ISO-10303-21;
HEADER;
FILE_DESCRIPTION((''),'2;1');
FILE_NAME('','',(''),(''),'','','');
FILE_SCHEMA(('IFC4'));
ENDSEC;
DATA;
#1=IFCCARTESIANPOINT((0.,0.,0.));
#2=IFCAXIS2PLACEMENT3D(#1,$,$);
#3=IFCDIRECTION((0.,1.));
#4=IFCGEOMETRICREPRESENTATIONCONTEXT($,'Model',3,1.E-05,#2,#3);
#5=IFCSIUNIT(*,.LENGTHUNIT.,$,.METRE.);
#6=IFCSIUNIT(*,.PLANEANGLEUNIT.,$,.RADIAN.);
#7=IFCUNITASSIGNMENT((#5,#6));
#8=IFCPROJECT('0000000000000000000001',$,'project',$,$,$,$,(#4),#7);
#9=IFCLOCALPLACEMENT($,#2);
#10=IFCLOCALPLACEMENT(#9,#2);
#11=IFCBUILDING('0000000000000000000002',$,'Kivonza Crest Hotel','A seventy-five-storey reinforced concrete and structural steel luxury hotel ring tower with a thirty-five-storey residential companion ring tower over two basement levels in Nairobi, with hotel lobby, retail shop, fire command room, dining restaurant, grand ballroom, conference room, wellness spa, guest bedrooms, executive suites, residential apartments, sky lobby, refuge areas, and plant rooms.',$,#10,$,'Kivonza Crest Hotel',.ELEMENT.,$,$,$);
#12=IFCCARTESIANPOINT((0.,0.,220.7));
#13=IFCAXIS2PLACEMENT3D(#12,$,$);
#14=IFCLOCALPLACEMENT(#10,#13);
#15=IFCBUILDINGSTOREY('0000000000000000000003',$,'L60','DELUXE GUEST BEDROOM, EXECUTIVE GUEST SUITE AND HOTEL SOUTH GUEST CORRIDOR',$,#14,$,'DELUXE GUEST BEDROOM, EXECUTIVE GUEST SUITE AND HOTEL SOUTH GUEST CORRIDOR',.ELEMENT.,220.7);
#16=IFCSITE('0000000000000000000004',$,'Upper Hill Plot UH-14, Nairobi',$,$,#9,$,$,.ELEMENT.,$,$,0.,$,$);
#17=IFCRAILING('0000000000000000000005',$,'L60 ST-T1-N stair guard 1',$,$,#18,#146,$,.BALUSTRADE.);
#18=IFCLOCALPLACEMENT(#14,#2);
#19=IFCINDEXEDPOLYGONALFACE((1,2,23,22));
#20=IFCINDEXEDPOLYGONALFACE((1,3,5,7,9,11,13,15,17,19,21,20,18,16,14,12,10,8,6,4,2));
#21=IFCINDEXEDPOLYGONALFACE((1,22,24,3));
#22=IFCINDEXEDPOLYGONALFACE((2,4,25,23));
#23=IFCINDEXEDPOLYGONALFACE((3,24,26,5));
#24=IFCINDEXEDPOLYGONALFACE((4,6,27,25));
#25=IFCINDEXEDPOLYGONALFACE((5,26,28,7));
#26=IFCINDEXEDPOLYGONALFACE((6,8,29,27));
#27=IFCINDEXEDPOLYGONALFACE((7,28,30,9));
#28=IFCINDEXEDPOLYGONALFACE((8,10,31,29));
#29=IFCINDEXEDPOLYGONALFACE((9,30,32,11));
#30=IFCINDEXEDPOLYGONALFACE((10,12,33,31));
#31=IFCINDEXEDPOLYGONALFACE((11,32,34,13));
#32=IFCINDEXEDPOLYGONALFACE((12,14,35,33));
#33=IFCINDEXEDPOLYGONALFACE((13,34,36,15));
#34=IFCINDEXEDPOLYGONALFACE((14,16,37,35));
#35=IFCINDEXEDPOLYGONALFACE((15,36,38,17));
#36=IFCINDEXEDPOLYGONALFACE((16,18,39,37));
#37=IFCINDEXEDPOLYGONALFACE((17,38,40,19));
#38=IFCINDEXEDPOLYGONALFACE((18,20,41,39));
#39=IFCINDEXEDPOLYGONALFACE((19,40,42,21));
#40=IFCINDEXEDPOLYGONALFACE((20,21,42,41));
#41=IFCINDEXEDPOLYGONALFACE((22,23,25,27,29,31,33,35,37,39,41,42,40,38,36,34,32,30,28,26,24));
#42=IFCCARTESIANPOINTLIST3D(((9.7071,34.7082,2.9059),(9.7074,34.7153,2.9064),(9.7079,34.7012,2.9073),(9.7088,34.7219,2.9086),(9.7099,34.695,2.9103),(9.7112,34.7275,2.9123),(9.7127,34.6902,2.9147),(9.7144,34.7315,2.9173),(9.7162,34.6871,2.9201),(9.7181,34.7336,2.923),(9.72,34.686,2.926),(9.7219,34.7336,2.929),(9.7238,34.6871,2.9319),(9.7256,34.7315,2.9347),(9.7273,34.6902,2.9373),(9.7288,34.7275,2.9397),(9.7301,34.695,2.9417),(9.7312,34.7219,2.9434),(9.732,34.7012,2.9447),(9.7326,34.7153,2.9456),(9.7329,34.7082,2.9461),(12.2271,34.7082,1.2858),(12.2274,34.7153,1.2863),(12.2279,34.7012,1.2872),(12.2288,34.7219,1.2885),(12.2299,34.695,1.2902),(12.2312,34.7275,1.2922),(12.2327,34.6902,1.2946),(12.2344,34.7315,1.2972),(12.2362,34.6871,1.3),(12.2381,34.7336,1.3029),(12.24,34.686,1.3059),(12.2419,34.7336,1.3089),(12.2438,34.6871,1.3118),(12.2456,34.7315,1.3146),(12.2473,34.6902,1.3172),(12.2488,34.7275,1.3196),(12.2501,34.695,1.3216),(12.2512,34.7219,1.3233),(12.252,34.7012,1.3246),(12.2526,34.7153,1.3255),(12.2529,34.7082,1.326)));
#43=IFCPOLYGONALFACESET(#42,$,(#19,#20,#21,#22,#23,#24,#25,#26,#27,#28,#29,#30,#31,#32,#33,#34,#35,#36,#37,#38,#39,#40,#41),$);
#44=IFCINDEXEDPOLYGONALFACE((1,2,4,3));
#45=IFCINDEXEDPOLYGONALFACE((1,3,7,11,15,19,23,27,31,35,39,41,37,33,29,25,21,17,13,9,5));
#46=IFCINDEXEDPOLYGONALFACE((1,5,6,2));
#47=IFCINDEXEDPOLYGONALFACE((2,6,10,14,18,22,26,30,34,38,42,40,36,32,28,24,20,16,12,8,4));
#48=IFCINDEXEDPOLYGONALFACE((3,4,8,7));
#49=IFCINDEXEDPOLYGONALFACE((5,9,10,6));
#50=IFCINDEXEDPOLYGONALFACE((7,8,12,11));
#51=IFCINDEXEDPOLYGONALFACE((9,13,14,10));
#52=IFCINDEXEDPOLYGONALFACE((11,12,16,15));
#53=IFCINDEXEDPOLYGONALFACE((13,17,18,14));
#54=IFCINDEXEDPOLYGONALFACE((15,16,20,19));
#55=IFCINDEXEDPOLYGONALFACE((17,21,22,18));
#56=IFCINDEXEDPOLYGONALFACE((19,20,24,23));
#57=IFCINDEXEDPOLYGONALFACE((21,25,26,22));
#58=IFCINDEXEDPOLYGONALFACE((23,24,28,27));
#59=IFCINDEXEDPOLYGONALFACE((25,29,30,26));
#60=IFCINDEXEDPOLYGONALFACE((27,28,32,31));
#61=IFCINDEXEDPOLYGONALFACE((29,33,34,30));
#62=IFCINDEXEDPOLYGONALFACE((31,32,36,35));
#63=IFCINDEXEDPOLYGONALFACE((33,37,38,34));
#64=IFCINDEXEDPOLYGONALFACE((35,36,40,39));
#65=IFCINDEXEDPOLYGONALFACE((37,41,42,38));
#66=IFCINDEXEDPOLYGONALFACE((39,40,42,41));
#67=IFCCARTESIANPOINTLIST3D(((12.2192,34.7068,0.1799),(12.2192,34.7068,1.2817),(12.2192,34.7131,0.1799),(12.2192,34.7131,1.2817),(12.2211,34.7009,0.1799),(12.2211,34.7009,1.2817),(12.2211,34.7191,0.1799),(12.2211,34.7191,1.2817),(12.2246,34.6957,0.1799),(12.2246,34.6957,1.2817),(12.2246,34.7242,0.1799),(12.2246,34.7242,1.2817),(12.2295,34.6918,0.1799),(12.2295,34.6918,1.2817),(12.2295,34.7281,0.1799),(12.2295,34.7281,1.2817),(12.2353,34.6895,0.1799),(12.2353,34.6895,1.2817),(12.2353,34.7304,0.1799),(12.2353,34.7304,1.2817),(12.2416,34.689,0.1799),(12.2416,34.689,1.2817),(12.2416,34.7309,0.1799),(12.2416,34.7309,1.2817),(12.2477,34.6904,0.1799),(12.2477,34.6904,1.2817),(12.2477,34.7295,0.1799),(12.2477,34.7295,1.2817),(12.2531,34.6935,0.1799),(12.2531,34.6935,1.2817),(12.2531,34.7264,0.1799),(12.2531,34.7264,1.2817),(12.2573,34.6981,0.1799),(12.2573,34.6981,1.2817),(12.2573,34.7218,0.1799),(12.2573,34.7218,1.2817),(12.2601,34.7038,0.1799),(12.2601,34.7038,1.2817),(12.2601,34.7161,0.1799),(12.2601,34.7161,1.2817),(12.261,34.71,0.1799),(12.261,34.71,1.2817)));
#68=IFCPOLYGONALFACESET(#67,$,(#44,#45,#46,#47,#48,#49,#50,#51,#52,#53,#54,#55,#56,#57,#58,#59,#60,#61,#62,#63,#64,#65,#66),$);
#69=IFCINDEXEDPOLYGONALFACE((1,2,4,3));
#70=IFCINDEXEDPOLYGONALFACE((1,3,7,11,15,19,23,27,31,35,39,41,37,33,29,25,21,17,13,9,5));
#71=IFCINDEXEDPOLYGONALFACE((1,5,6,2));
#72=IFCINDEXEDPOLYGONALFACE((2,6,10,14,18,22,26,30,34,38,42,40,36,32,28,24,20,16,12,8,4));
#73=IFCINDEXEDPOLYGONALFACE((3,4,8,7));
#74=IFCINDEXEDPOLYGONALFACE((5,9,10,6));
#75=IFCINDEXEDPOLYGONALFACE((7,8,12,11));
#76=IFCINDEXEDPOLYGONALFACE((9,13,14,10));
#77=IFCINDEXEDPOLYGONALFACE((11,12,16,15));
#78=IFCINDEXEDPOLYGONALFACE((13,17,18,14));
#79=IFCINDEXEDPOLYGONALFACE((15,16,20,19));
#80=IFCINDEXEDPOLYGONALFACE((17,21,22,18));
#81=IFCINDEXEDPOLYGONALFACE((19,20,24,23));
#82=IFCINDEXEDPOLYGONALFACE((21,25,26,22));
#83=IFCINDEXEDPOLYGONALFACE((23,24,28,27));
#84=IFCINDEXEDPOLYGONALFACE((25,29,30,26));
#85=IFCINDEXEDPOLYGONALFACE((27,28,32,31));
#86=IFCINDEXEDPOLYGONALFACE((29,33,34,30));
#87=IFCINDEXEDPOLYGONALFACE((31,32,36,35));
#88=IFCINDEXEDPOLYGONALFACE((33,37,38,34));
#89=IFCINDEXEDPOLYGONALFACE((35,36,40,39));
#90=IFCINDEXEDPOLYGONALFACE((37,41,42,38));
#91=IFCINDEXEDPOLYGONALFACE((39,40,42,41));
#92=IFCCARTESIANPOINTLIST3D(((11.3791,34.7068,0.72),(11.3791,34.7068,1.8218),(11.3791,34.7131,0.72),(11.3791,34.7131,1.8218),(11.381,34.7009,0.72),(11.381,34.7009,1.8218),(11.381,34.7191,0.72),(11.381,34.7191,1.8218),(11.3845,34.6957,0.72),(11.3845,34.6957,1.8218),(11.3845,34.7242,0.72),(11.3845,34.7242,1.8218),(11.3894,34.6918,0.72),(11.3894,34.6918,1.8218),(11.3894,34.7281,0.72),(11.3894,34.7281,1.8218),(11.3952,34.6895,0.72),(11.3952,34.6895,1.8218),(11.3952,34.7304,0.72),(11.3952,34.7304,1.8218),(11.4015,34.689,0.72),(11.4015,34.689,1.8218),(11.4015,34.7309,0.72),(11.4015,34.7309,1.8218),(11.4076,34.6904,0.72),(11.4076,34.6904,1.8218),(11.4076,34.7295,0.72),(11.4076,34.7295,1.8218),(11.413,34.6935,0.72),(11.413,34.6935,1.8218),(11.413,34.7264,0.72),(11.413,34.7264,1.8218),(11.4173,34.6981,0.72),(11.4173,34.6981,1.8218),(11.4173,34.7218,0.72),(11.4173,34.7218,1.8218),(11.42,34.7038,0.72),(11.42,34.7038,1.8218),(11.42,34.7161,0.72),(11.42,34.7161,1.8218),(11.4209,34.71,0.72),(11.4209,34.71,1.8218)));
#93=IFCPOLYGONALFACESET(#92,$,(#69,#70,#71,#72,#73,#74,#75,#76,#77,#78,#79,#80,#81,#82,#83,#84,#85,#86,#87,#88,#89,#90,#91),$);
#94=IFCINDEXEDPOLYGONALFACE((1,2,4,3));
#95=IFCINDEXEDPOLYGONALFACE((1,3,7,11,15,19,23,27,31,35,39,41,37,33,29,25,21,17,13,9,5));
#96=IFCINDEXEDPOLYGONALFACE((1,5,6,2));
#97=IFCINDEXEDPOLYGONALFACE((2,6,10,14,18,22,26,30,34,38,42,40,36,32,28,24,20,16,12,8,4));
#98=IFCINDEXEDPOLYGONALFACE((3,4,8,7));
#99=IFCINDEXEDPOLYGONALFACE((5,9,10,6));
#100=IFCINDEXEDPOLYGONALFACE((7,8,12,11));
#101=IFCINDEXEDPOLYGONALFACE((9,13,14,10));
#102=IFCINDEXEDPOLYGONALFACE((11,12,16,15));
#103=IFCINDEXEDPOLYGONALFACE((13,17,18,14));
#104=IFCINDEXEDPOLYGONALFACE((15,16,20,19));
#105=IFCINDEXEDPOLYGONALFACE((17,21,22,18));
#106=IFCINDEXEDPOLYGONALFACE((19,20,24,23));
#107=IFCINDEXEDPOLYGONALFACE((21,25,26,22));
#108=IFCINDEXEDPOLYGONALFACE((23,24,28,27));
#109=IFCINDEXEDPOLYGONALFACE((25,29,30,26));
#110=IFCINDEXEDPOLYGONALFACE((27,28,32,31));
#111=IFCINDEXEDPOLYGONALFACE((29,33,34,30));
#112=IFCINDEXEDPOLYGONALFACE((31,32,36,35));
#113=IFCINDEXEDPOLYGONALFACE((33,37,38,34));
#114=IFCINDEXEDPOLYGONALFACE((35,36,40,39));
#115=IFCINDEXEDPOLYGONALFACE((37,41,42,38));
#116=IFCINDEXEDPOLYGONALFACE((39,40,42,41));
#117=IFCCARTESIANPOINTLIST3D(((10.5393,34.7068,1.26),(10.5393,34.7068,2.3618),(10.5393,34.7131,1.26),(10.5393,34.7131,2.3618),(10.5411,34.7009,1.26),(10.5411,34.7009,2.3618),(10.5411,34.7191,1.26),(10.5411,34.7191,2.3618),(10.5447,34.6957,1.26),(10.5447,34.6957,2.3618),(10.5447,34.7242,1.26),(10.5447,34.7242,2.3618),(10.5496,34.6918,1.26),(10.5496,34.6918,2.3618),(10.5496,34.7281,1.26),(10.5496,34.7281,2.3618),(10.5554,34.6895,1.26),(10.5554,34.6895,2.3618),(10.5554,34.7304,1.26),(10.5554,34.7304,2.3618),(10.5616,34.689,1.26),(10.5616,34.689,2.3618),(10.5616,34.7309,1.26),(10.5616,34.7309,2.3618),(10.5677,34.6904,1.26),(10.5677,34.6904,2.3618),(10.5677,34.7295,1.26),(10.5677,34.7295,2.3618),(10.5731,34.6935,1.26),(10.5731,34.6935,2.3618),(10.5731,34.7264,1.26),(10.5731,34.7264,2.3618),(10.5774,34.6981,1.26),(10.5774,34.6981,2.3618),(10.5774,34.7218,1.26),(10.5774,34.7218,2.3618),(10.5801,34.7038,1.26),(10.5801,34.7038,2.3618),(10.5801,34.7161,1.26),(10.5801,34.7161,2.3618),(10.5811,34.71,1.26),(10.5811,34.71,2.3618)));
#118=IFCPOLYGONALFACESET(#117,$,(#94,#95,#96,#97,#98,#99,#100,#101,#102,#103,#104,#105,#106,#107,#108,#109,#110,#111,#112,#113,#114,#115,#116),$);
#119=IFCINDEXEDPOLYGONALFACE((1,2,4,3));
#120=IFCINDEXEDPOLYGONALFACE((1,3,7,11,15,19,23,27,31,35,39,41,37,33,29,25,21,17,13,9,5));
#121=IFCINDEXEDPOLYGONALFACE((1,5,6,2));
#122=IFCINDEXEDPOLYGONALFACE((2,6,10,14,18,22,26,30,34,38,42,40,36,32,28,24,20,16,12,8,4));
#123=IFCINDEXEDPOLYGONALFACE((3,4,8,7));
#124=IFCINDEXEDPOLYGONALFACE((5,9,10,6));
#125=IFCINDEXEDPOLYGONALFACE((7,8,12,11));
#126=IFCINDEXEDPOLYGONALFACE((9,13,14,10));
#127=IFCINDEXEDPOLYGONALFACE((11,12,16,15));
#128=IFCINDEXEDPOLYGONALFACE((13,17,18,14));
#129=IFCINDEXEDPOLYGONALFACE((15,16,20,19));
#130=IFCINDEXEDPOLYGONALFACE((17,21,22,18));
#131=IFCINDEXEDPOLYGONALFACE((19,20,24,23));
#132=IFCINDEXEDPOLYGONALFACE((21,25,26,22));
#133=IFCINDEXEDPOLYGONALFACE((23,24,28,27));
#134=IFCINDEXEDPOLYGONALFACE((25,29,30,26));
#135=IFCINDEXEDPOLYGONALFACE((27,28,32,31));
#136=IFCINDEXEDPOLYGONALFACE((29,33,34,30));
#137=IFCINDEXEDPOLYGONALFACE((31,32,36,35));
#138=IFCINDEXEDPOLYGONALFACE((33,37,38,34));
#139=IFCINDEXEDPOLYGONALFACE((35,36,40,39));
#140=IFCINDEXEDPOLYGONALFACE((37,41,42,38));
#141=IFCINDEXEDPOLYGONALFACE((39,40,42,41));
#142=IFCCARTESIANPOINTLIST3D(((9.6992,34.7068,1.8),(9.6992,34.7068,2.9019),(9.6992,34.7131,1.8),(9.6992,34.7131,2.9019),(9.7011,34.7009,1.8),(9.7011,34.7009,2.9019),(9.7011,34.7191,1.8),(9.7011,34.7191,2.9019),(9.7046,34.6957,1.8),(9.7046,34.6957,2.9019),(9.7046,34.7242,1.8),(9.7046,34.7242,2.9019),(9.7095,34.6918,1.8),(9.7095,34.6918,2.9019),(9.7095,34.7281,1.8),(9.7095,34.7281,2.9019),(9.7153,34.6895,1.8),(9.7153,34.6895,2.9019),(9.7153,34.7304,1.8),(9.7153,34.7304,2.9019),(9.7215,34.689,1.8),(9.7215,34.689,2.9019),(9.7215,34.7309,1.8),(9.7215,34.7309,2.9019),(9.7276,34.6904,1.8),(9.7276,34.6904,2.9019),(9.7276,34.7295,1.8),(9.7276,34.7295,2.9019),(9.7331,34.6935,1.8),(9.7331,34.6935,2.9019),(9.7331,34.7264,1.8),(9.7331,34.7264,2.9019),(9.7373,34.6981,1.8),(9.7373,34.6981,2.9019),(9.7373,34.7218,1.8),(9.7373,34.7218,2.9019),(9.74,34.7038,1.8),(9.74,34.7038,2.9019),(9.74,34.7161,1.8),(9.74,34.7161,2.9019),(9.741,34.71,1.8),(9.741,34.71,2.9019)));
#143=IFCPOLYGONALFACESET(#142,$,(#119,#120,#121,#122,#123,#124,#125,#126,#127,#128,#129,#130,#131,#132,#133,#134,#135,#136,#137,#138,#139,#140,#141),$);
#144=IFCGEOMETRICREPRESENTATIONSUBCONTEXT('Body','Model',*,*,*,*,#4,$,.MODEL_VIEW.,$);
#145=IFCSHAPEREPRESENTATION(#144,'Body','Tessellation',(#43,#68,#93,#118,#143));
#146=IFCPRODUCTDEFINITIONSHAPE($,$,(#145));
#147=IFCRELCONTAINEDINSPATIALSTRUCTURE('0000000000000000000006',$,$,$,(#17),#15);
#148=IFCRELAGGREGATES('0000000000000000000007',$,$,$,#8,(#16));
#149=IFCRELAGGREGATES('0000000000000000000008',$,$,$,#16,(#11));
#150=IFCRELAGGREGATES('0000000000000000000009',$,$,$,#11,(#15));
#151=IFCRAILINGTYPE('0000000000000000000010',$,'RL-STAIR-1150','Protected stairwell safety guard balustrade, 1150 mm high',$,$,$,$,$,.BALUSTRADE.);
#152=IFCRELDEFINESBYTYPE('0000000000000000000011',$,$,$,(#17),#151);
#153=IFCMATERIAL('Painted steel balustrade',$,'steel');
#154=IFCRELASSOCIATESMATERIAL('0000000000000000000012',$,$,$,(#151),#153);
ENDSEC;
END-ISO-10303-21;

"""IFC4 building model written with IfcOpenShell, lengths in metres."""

from ifc_helpers import new_model, si_unit, direction, frame, origin, origin_2d, place, context, subcontext, project, spatial, circle, extrude, material, type_object, element, save


model = new_model("IFC4")

# Units and contexts
model_context = context("Model", 3, precision=1e-05, world=origin(), true_north=direction((0.0, 1.0)))
body_context = subcontext(model_context, "Body", "Model", "MODEL_VIEW")
ifc_project = project(units=[si_unit("LENGTHUNIT", "METRE"), si_unit("PLANEANGLEUNIT", "RADIAN")], contexts=[model_context])

# Site, building, storey
site_placement = place(None, origin())
site = spatial("IfcSite", under=ifc_project, at=site_placement, Name="Upper Hill Plot UH-14, Nairobi", CompositionType="ELEMENT", RefElevation=0.0)
building_placement = place(site_placement, origin())
building = spatial("IfcBuilding", under=site, at=building_placement, Name="Kivonza Crest Hotel", Description="A seventy-five-storey reinforced concrete and structural steel luxury hotel ring tower with a thirty-five-storey residential companion ring tower over two basement levels in Nairobi, with hotel lobby, retail shop, fire command room, dining restaurant, grand ballroom, conference room, wellness spa, guest bedrooms, executive suites, residential apartments, sky lobby, refuge areas, and plant rooms.", LongName="Kivonza Crest Hotel", CompositionType="ELEMENT")
storey_placement = place(building_placement, frame((0.0, 0.0, 220.7)))
storey = spatial("IfcBuildingStorey", under=building, at=storey_placement, Name="L60", Description="DELUXE GUEST BEDROOM, EXECUTIVE GUEST SUITE AND HOTEL SOUTH GUEST CORRIDOR", LongName="DELUXE GUEST BEDROOM, EXECUTIVE GUEST SUITE AND HOTEL SOUTH GUEST CORRIDOR", CompositionType="ELEMENT", Elevation=220.7)

# Railing
ifc_material_1 = material(Name="Painted steel balustrade", Category="steel")
railing_type_1 = type_object("IfcRailingType", Name="RL-STAIR-1150", Description="Protected stairwell safety guard balustrade, 1150 mm high", PredefinedType="BALUSTRADE", material=ifc_material_1)
railing_1_placement = place(storey_placement, frame((12.24, 34.71, 0.1799)))
element("IfcRailing", 1, at=railing_1_placement, inside=storey, type_object=railing_type_1, Name="L60 ST-T1-N stair guard 1", PredefinedType="BALUSTRADE", context=body_context, shape_type="SweptSolid", body=[
    extrude(circle(Radius=0.0239, at=origin_2d()), frame((0.0, 0.0, 1.126), z_axis=(-0.841163, 0.0, 0.540782), x_axis=(0.0, -1.0, 0.0)), (0.0, 0.0, 1.0), 2.9958),
    extrude(circle(Radius=0.021, at=origin_2d()), origin(), (0.0, 0.0, 1.0), 1.1018),
    extrude(circle(Radius=0.021, at=origin_2d()), frame((-0.8401, 0.0, 0.54)), (0.0, 0.0, 1.0), 1.1018),
    extrude(circle(Radius=0.021, at=origin_2d()), frame((-1.6799, 0.0, 1.0801)), (0.0, 0.0, 1.0), 1.1018),
    extrude(circle(Radius=0.021, at=origin_2d()), frame((-2.52, 0.0, 1.6201)), (0.0, 0.0, 1.0), 1.1018),
])

save(model, "model.ifc")
